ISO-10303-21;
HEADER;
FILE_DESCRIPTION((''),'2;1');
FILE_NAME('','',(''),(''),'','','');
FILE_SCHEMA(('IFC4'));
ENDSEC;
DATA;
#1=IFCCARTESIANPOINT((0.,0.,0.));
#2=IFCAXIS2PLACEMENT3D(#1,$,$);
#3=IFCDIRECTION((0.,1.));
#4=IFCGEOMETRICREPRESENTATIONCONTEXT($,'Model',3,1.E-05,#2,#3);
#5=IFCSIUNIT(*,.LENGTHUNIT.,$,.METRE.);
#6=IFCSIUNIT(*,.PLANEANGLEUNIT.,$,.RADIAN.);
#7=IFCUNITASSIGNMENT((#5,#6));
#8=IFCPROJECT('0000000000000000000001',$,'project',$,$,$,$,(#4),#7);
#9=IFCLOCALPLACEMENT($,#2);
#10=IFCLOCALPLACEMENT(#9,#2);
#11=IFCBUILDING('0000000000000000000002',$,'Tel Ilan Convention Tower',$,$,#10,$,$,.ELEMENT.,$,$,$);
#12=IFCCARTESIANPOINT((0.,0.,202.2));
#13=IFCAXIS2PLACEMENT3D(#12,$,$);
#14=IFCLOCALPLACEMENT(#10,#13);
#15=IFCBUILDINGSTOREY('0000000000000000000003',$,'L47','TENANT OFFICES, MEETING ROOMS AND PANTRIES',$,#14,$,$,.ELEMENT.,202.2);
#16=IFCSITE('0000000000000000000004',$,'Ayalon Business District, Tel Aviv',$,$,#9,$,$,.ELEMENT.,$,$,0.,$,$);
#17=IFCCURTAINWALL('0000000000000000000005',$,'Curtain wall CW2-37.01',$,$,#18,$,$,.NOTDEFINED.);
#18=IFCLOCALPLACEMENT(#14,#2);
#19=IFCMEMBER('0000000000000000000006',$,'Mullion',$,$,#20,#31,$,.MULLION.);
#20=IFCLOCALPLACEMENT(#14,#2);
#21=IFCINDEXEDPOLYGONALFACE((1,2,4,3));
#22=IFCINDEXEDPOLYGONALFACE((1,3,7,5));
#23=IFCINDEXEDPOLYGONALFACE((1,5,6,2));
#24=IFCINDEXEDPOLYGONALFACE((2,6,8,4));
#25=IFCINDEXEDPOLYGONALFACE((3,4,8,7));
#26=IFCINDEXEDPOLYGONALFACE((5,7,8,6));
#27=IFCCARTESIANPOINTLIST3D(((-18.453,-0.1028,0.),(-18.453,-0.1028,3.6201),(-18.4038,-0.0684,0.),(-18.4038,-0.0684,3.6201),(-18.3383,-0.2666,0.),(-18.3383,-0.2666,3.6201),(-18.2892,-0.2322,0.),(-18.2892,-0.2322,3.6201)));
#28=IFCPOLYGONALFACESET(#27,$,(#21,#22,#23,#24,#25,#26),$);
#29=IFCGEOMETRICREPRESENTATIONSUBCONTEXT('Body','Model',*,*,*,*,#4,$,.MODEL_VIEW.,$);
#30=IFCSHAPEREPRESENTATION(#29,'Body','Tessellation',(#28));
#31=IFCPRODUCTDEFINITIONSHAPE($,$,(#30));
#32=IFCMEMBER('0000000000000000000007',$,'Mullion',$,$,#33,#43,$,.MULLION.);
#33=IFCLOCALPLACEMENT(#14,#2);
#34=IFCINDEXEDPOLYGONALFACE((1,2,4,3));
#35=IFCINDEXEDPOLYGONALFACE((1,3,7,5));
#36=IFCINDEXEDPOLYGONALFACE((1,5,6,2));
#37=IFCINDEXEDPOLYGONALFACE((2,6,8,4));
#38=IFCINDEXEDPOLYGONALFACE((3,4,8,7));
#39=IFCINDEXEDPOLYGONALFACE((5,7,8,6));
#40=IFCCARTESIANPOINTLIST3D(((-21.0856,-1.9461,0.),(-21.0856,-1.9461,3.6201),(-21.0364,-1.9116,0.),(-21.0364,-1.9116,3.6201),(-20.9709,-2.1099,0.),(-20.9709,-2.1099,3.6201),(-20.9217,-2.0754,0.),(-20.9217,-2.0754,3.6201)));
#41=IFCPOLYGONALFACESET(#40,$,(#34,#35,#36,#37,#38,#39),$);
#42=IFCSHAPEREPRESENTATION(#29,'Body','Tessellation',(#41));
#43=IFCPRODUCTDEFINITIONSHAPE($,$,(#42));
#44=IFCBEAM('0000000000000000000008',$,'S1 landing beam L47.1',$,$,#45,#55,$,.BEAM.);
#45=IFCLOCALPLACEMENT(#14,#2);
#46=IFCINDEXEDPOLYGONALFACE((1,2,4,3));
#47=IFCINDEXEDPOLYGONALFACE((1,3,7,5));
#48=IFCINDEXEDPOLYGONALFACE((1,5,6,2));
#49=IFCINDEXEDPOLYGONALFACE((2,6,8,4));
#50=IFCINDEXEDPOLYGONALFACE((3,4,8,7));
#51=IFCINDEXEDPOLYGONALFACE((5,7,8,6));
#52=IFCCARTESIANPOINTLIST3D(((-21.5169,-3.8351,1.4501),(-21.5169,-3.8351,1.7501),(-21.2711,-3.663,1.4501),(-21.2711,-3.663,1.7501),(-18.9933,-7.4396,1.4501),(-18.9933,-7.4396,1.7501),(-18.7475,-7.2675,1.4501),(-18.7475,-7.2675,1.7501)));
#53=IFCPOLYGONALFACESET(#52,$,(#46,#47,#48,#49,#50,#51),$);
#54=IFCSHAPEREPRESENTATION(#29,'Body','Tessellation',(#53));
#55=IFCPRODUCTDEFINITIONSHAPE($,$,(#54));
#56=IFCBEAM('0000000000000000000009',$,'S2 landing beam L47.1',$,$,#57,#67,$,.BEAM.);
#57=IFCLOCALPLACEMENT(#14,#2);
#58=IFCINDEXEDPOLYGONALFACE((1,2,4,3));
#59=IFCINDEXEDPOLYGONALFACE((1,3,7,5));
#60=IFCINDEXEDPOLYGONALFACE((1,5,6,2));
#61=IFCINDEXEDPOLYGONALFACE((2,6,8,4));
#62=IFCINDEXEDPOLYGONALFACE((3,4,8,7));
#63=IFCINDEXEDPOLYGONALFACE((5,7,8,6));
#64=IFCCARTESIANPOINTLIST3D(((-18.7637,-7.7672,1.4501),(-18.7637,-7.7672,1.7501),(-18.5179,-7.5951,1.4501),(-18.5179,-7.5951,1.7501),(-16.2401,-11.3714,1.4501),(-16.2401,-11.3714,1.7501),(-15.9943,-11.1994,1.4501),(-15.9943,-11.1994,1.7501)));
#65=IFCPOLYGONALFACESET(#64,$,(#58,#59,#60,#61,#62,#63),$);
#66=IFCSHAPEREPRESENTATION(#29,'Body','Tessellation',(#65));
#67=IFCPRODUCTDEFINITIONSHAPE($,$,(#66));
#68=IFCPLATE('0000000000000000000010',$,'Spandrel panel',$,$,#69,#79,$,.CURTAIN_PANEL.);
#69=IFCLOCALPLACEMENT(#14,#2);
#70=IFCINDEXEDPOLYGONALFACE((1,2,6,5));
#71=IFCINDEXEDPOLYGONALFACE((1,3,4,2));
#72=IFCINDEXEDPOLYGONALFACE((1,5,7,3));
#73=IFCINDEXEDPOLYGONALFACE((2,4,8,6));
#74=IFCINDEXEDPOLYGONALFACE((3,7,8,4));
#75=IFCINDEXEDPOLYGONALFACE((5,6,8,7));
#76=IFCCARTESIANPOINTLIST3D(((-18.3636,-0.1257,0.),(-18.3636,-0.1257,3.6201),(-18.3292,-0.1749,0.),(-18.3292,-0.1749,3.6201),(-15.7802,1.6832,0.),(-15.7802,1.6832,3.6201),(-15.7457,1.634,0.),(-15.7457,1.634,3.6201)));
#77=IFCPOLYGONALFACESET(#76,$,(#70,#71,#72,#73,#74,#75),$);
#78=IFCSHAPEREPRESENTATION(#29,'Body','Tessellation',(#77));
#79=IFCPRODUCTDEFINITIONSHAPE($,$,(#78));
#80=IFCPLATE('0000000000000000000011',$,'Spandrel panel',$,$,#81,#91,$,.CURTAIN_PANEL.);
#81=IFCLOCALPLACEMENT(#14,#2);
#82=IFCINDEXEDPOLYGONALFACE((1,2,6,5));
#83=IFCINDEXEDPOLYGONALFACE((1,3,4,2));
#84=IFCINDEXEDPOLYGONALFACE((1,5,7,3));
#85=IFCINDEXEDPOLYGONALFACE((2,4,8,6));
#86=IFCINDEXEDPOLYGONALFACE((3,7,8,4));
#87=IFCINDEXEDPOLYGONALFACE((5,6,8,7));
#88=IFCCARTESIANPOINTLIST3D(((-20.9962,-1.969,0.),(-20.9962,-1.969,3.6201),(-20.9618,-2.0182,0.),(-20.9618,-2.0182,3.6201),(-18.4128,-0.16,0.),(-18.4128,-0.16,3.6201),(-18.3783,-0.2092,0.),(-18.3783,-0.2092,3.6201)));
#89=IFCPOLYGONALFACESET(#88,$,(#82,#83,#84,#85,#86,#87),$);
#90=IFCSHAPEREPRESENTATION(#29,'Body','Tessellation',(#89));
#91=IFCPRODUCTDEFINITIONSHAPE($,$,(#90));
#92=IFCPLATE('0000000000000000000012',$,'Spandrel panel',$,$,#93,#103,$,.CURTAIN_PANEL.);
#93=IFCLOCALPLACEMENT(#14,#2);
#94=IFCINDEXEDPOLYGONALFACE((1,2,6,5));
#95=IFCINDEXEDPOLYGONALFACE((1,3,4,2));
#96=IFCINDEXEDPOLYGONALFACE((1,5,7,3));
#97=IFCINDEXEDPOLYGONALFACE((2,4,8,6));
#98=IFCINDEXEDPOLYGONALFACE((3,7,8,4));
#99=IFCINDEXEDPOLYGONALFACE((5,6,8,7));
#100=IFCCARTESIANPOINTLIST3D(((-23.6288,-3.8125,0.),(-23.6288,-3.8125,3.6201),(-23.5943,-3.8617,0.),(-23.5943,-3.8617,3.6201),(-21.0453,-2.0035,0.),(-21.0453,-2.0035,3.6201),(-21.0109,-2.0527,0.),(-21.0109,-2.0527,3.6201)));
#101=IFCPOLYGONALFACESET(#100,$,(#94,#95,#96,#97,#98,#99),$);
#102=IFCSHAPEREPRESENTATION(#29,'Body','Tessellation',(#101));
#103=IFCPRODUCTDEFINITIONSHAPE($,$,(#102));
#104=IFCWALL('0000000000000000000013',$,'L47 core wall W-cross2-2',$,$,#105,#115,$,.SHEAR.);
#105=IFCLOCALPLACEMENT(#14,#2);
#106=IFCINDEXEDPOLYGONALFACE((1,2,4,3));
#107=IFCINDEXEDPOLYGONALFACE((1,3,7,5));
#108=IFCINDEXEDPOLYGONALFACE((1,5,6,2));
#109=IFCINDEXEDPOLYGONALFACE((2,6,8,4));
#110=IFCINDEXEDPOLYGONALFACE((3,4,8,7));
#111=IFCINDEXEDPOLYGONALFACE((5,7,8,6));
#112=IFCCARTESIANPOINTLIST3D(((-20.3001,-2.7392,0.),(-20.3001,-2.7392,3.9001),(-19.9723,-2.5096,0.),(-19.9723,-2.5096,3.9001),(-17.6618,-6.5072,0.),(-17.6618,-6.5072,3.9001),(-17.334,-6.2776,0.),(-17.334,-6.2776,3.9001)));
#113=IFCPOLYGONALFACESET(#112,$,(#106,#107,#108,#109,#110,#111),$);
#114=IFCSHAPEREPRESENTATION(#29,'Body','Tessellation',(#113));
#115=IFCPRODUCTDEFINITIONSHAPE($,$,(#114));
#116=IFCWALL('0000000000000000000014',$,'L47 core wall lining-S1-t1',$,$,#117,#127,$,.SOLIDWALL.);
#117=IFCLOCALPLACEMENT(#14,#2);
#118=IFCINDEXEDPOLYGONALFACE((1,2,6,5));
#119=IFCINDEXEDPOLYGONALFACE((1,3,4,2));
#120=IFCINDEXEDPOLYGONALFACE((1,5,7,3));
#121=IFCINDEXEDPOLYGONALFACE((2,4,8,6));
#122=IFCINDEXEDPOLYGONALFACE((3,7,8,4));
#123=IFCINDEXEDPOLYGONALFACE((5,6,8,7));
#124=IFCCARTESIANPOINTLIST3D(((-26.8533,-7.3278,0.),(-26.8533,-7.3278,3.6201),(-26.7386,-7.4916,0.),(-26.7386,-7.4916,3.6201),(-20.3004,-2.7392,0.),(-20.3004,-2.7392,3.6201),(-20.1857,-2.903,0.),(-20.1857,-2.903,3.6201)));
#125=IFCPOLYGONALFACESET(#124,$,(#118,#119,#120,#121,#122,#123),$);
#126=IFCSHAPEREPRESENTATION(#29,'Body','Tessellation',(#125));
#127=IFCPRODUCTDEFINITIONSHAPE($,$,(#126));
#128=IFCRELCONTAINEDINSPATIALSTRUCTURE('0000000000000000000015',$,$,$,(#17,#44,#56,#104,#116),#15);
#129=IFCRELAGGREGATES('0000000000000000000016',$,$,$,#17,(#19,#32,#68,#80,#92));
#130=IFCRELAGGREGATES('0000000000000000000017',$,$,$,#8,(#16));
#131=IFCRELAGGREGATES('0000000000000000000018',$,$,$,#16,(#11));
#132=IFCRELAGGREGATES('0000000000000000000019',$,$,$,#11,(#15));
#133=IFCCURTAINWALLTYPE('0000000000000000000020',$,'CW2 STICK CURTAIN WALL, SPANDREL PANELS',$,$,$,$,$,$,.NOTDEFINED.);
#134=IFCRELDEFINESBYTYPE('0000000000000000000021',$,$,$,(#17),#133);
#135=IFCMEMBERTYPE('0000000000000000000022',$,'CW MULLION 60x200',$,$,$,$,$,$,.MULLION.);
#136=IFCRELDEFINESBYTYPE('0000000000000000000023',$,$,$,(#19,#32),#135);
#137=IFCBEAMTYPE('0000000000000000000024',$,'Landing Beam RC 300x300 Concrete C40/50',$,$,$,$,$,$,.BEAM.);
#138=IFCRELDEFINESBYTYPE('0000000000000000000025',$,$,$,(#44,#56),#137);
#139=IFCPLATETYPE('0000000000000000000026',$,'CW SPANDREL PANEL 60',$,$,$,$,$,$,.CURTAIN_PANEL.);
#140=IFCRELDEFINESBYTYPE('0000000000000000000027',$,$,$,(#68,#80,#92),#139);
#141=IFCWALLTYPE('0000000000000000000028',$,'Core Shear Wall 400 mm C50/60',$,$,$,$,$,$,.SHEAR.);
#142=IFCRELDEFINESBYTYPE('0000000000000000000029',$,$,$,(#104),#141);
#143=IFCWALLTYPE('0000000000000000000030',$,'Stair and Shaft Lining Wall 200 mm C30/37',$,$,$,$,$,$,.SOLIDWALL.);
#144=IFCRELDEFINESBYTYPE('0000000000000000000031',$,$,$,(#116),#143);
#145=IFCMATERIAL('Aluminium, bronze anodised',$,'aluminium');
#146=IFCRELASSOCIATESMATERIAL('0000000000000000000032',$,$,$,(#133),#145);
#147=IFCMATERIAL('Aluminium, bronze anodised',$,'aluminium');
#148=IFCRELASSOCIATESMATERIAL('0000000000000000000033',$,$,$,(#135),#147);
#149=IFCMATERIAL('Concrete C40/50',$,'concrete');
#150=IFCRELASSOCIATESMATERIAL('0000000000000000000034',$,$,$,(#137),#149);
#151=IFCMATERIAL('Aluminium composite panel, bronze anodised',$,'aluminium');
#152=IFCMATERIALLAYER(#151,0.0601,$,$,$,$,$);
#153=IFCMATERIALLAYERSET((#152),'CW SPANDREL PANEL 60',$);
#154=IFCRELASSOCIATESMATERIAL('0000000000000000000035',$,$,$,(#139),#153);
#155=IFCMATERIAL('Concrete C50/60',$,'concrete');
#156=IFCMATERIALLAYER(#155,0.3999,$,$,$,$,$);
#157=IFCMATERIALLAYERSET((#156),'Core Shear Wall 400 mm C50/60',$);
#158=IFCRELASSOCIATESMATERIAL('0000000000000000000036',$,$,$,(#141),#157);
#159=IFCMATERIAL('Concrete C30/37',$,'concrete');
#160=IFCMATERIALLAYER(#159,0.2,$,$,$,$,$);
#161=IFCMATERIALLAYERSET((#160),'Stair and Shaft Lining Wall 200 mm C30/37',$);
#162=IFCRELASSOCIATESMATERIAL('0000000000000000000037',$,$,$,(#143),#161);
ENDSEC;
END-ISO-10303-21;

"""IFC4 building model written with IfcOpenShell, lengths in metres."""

from ifc_helpers import new_model, si_unit, direction, frame, frame_2d, origin, origin_2d, place, context, subcontext, project, spatial, polyline, rectangle, outline, extrude, material, layer, layer_set, material_profile, profile_set, type_object, element, aggregate, save


model = new_model("IFC4")

# Units and contexts
model_context = context("Model", 3, precision=1e-05, world=origin(), true_north=direction((0.0, 1.0)))
body_context = subcontext(model_context, "Body", "Model", "MODEL_VIEW")
ifc_project = project(units=[si_unit("LENGTHUNIT", "METRE"), si_unit("PLANEANGLEUNIT", "RADIAN")], contexts=[model_context])

# Site, building, storey
site_placement = place(None, origin())
site = spatial("IfcSite", under=ifc_project, at=site_placement, Name="Ayalon Business District, Tel Aviv", CompositionType="ELEMENT", RefElevation=0.0)
building_placement = place(site_placement, origin())
building = spatial("IfcBuilding", under=site, at=building_placement, Name="Tel Ilan Convention Tower", CompositionType="ELEMENT")
storey_placement = place(building_placement, frame((0.0, 0.0, 202.2)))
storey = spatial("IfcBuildingStorey", under=building, at=storey_placement, Name="L47", Description="TENANT OFFICES, MEETING ROOMS AND PANTRIES", CompositionType="ELEMENT", Elevation=202.2)

# Curtain wall, members
ifc_material_1 = material(Name="Aluminium, bronze anodised", Category="aluminium")
curtain_wall_type = type_object("IfcCurtainWallType", Name="CW2 STICK CURTAIN WALL, SPANDREL PANELS", PredefinedType="NOTDEFINED", material=ifc_material_1)
curtain_wall_placement = place(storey_placement, origin())
curtain_wall = element("IfcCurtainWall", 1, at=curtain_wall_placement, inside=storey, type_object=curtain_wall_type, Name="Curtain wall CW2-37.01", PredefinedType="NOTDEFINED")
ifc_material_2 = material(Name="Aluminium, bronze anodised", Category="aluminium")
ifc_material_profile_1 = material_profile(ifc_material_2, rectangle(XDim=0.0601, YDim=0.2, at=origin_2d()), Name="CW MULLION 60x200")
ifc_profile_set_1 = profile_set([ifc_material_profile_1], Name="Aluminium, bronze anodised")
member_type = type_object("IfcMemberType", Name="CW MULLION 60x200", PredefinedType="MULLION", material=ifc_profile_set_1)
member_1_placement = place(storey_placement, frame((-18.3711, -0.1675, 0.0), z_axis=(0.0, 0.0, 1.0), x_axis=(-0.819152, -0.573576, 0.0)))
member_1 = element("IfcMember", 2, at=member_1_placement, type_object=member_type, Name="Mullion", PredefinedType="MULLION", context=body_context, shape_type="SweptSolid", body=[
    extrude(rectangle(XDim=0.0601, YDim=0.2, at=origin_2d()), origin(), (0.0, 0.0, 1.0), 3.6201),
])
member_2_placement = place(storey_placement, frame((-21.0037, -2.0107, 0.0), z_axis=(0.0, 0.0, 1.0), x_axis=(-0.819152, -0.573576, 0.0)))
member_2 = element("IfcMember", 3, at=member_2_placement, type_object=member_type, Name="Mullion", PredefinedType="MULLION", context=body_context, shape_type="SweptSolid", body=[
    extrude(rectangle(XDim=0.0601, YDim=0.2, at=origin_2d()), origin(), (0.0, 0.0, 1.0), 3.6201),
])

# Beams
ifc_material_3 = material(Name="Concrete C40/50", Category="concrete")
ifc_material_profile_2 = material_profile(ifc_material_3, rectangle(XDim=0.3, YDim=0.3, at=origin_2d()), Name="RC 300x300")
ifc_profile_set_2 = profile_set([ifc_material_profile_2], Name="Concrete C40/50")
beam_type = type_object("IfcBeamType", Name="Landing Beam RC 300x300 Concrete C40/50", PredefinedType="BEAM", material=ifc_profile_set_2)
beam_1_placement = place(storey_placement, frame((-18.8704, -7.3535, 1.6001), z_axis=(-0.573544, 0.819175, 0.0), x_axis=(-0.819175, -0.573544, 0.0)))
element("IfcBeam", 4, at=beam_1_placement, inside=storey, type_object=beam_type, Name="S1 landing beam L47.1", PredefinedType="BEAM", context=body_context, shape_type="SweptSolid", body=[
    extrude(rectangle(XDim=0.3, YDim=0.3, at=origin_2d()), origin(), (0.0, 0.0, 1.0), 4.4001),
])
beam_2_placement = place(storey_placement, frame((-16.1172, -11.2854, 1.6001), z_axis=(-0.57357, 0.819156, 0.0), x_axis=(-0.819156, -0.57357, 0.0)))
element("IfcBeam", 5, at=beam_2_placement, inside=storey, type_object=beam_type, Name="S2 landing beam L47.1", PredefinedType="BEAM", context=body_context, shape_type="SweptSolid", body=[
    extrude(rectangle(XDim=0.3, YDim=0.3, at=origin_2d()), origin(), (0.0, 0.0, 1.0), 4.3999),
])

# Plates
ifc_material_4 = material(Name="Aluminium composite panel, bronze anodised", Category="aluminium")
ifc_layer_1 = layer(ifc_material_4, 0.0601)
ifc_layer_set_1 = layer_set([ifc_layer_1], Name="CW SPANDREL PANEL 60")
plate_type = type_object("IfcPlateType", Name="CW SPANDREL PANEL 60", PredefinedType="CURTAIN_PANEL", material=ifc_layer_set_1)
plate_1_placement = place(storey_placement, frame((-17.0547, 0.7542, 0.0), z_axis=(0.0, 0.0, 1.0), x_axis=(-0.819152, -0.573576, 0.0)))
plate_1 = element("IfcPlate", 6, at=plate_1_placement, type_object=plate_type, Name="Spandrel panel", PredefinedType="CURTAIN_PANEL", context=body_context, shape_type="SweptSolid", body=[
    extrude(rectangle(XDim=3.1538, YDim=0.0601, at=origin_2d()), origin(), (0.0, 0.0, 1.0), 3.6201),
])
plate_2_placement = place(storey_placement, frame((-19.6873, -1.0891, 0.0), z_axis=(0.0, 0.0, 1.0), x_axis=(-0.819152, -0.573576, 0.0)))
plate_2 = element("IfcPlate", 7, at=plate_2_placement, type_object=plate_type, Name="Spandrel panel", PredefinedType="CURTAIN_PANEL", context=body_context, shape_type="SweptSolid", body=[
    extrude(rectangle(XDim=3.1538, YDim=0.0601, at=origin_2d()), origin(), (0.0, 0.0, 1.0), 3.6201),
])
plate_3_placement = place(storey_placement, frame((-22.3198, -2.9326, 0.0), z_axis=(0.0, 0.0, 1.0), x_axis=(-0.819152, -0.573576, 0.0)))
plate_3 = element("IfcPlate", 8, at=plate_3_placement, type_object=plate_type, Name="Spandrel panel", PredefinedType="CURTAIN_PANEL", context=body_context, shape_type="SweptSolid", body=[
    extrude(rectangle(XDim=3.1538, YDim=0.0601, at=origin_2d()), origin(), (0.0, 0.0, 1.0), 3.6201),
])
aggregate(curtain_wall, [member_1, member_2, plate_1, plate_2, plate_3])

# Walls
ifc_material_5 = material(Name="Concrete C50/60", Category="concrete")
ifc_layer_2 = layer(ifc_material_5, 0.3999)
ifc_layer_set_2 = layer_set([ifc_layer_2], Name="Core Shear Wall 400 mm C50/60")
wall_type_1 = type_object("IfcWallType", Name="Core Shear Wall 400 mm C50/60", PredefinedType="SHEAR", material=ifc_layer_set_2)
wall_1_placement = place(storey_placement, frame((-17.4978, -6.3923, 0.0), z_axis=(0.0, 0.0, 1.0), x_axis=(-0.573612, 0.819127, 0.0)))
element("IfcWall", 9, at=wall_1_placement, inside=storey, type_object=wall_type_1, Name="L47 core wall W-cross2-2", PredefinedType="SHEAR", context=body_context, shape_type="SweptSolid", body=[
    extrude(outline(polyline([(4.5999, -0.2002), (4.5999, 0.2), (0.0, 0.2002), (0.0, -0.2), (4.5999, -0.2002)])), origin(), (0.0, 0.0, 1.0), 3.9001),
])
ifc_material_6 = material(Name="Concrete C30/37", Category="concrete")
ifc_layer_3 = layer(ifc_material_6, 0.2)
ifc_layer_set_3 = layer_set([ifc_layer_3], Name="Stair and Shaft Lining Wall 200 mm C30/37")
wall_type_2 = type_object("IfcWallType", Name="Stair and Shaft Lining Wall 200 mm C30/37", PredefinedType="SOLIDWALL", material=ifc_layer_set_3)
wall_2_placement = place(storey_placement, frame((-20.2429, -2.821, 0.0), z_axis=(0.0, 0.0, 1.0), x_axis=(-0.819142, -0.573591, 0.0)))
element("IfcWall", 10, at=wall_2_placement, inside=storey, type_object=wall_type_2, Name="L47 core wall lining-S1-t1", PredefinedType="SOLIDWALL", context=body_context, shape_type="SweptSolid", body=[
    extrude(rectangle(XDim=7.9998, YDim=0.2, at=frame_2d((4.0, 0.0))), origin(), (0.0, 0.0, 1.0), 3.6201),
])

save(model, "model.ifc")
